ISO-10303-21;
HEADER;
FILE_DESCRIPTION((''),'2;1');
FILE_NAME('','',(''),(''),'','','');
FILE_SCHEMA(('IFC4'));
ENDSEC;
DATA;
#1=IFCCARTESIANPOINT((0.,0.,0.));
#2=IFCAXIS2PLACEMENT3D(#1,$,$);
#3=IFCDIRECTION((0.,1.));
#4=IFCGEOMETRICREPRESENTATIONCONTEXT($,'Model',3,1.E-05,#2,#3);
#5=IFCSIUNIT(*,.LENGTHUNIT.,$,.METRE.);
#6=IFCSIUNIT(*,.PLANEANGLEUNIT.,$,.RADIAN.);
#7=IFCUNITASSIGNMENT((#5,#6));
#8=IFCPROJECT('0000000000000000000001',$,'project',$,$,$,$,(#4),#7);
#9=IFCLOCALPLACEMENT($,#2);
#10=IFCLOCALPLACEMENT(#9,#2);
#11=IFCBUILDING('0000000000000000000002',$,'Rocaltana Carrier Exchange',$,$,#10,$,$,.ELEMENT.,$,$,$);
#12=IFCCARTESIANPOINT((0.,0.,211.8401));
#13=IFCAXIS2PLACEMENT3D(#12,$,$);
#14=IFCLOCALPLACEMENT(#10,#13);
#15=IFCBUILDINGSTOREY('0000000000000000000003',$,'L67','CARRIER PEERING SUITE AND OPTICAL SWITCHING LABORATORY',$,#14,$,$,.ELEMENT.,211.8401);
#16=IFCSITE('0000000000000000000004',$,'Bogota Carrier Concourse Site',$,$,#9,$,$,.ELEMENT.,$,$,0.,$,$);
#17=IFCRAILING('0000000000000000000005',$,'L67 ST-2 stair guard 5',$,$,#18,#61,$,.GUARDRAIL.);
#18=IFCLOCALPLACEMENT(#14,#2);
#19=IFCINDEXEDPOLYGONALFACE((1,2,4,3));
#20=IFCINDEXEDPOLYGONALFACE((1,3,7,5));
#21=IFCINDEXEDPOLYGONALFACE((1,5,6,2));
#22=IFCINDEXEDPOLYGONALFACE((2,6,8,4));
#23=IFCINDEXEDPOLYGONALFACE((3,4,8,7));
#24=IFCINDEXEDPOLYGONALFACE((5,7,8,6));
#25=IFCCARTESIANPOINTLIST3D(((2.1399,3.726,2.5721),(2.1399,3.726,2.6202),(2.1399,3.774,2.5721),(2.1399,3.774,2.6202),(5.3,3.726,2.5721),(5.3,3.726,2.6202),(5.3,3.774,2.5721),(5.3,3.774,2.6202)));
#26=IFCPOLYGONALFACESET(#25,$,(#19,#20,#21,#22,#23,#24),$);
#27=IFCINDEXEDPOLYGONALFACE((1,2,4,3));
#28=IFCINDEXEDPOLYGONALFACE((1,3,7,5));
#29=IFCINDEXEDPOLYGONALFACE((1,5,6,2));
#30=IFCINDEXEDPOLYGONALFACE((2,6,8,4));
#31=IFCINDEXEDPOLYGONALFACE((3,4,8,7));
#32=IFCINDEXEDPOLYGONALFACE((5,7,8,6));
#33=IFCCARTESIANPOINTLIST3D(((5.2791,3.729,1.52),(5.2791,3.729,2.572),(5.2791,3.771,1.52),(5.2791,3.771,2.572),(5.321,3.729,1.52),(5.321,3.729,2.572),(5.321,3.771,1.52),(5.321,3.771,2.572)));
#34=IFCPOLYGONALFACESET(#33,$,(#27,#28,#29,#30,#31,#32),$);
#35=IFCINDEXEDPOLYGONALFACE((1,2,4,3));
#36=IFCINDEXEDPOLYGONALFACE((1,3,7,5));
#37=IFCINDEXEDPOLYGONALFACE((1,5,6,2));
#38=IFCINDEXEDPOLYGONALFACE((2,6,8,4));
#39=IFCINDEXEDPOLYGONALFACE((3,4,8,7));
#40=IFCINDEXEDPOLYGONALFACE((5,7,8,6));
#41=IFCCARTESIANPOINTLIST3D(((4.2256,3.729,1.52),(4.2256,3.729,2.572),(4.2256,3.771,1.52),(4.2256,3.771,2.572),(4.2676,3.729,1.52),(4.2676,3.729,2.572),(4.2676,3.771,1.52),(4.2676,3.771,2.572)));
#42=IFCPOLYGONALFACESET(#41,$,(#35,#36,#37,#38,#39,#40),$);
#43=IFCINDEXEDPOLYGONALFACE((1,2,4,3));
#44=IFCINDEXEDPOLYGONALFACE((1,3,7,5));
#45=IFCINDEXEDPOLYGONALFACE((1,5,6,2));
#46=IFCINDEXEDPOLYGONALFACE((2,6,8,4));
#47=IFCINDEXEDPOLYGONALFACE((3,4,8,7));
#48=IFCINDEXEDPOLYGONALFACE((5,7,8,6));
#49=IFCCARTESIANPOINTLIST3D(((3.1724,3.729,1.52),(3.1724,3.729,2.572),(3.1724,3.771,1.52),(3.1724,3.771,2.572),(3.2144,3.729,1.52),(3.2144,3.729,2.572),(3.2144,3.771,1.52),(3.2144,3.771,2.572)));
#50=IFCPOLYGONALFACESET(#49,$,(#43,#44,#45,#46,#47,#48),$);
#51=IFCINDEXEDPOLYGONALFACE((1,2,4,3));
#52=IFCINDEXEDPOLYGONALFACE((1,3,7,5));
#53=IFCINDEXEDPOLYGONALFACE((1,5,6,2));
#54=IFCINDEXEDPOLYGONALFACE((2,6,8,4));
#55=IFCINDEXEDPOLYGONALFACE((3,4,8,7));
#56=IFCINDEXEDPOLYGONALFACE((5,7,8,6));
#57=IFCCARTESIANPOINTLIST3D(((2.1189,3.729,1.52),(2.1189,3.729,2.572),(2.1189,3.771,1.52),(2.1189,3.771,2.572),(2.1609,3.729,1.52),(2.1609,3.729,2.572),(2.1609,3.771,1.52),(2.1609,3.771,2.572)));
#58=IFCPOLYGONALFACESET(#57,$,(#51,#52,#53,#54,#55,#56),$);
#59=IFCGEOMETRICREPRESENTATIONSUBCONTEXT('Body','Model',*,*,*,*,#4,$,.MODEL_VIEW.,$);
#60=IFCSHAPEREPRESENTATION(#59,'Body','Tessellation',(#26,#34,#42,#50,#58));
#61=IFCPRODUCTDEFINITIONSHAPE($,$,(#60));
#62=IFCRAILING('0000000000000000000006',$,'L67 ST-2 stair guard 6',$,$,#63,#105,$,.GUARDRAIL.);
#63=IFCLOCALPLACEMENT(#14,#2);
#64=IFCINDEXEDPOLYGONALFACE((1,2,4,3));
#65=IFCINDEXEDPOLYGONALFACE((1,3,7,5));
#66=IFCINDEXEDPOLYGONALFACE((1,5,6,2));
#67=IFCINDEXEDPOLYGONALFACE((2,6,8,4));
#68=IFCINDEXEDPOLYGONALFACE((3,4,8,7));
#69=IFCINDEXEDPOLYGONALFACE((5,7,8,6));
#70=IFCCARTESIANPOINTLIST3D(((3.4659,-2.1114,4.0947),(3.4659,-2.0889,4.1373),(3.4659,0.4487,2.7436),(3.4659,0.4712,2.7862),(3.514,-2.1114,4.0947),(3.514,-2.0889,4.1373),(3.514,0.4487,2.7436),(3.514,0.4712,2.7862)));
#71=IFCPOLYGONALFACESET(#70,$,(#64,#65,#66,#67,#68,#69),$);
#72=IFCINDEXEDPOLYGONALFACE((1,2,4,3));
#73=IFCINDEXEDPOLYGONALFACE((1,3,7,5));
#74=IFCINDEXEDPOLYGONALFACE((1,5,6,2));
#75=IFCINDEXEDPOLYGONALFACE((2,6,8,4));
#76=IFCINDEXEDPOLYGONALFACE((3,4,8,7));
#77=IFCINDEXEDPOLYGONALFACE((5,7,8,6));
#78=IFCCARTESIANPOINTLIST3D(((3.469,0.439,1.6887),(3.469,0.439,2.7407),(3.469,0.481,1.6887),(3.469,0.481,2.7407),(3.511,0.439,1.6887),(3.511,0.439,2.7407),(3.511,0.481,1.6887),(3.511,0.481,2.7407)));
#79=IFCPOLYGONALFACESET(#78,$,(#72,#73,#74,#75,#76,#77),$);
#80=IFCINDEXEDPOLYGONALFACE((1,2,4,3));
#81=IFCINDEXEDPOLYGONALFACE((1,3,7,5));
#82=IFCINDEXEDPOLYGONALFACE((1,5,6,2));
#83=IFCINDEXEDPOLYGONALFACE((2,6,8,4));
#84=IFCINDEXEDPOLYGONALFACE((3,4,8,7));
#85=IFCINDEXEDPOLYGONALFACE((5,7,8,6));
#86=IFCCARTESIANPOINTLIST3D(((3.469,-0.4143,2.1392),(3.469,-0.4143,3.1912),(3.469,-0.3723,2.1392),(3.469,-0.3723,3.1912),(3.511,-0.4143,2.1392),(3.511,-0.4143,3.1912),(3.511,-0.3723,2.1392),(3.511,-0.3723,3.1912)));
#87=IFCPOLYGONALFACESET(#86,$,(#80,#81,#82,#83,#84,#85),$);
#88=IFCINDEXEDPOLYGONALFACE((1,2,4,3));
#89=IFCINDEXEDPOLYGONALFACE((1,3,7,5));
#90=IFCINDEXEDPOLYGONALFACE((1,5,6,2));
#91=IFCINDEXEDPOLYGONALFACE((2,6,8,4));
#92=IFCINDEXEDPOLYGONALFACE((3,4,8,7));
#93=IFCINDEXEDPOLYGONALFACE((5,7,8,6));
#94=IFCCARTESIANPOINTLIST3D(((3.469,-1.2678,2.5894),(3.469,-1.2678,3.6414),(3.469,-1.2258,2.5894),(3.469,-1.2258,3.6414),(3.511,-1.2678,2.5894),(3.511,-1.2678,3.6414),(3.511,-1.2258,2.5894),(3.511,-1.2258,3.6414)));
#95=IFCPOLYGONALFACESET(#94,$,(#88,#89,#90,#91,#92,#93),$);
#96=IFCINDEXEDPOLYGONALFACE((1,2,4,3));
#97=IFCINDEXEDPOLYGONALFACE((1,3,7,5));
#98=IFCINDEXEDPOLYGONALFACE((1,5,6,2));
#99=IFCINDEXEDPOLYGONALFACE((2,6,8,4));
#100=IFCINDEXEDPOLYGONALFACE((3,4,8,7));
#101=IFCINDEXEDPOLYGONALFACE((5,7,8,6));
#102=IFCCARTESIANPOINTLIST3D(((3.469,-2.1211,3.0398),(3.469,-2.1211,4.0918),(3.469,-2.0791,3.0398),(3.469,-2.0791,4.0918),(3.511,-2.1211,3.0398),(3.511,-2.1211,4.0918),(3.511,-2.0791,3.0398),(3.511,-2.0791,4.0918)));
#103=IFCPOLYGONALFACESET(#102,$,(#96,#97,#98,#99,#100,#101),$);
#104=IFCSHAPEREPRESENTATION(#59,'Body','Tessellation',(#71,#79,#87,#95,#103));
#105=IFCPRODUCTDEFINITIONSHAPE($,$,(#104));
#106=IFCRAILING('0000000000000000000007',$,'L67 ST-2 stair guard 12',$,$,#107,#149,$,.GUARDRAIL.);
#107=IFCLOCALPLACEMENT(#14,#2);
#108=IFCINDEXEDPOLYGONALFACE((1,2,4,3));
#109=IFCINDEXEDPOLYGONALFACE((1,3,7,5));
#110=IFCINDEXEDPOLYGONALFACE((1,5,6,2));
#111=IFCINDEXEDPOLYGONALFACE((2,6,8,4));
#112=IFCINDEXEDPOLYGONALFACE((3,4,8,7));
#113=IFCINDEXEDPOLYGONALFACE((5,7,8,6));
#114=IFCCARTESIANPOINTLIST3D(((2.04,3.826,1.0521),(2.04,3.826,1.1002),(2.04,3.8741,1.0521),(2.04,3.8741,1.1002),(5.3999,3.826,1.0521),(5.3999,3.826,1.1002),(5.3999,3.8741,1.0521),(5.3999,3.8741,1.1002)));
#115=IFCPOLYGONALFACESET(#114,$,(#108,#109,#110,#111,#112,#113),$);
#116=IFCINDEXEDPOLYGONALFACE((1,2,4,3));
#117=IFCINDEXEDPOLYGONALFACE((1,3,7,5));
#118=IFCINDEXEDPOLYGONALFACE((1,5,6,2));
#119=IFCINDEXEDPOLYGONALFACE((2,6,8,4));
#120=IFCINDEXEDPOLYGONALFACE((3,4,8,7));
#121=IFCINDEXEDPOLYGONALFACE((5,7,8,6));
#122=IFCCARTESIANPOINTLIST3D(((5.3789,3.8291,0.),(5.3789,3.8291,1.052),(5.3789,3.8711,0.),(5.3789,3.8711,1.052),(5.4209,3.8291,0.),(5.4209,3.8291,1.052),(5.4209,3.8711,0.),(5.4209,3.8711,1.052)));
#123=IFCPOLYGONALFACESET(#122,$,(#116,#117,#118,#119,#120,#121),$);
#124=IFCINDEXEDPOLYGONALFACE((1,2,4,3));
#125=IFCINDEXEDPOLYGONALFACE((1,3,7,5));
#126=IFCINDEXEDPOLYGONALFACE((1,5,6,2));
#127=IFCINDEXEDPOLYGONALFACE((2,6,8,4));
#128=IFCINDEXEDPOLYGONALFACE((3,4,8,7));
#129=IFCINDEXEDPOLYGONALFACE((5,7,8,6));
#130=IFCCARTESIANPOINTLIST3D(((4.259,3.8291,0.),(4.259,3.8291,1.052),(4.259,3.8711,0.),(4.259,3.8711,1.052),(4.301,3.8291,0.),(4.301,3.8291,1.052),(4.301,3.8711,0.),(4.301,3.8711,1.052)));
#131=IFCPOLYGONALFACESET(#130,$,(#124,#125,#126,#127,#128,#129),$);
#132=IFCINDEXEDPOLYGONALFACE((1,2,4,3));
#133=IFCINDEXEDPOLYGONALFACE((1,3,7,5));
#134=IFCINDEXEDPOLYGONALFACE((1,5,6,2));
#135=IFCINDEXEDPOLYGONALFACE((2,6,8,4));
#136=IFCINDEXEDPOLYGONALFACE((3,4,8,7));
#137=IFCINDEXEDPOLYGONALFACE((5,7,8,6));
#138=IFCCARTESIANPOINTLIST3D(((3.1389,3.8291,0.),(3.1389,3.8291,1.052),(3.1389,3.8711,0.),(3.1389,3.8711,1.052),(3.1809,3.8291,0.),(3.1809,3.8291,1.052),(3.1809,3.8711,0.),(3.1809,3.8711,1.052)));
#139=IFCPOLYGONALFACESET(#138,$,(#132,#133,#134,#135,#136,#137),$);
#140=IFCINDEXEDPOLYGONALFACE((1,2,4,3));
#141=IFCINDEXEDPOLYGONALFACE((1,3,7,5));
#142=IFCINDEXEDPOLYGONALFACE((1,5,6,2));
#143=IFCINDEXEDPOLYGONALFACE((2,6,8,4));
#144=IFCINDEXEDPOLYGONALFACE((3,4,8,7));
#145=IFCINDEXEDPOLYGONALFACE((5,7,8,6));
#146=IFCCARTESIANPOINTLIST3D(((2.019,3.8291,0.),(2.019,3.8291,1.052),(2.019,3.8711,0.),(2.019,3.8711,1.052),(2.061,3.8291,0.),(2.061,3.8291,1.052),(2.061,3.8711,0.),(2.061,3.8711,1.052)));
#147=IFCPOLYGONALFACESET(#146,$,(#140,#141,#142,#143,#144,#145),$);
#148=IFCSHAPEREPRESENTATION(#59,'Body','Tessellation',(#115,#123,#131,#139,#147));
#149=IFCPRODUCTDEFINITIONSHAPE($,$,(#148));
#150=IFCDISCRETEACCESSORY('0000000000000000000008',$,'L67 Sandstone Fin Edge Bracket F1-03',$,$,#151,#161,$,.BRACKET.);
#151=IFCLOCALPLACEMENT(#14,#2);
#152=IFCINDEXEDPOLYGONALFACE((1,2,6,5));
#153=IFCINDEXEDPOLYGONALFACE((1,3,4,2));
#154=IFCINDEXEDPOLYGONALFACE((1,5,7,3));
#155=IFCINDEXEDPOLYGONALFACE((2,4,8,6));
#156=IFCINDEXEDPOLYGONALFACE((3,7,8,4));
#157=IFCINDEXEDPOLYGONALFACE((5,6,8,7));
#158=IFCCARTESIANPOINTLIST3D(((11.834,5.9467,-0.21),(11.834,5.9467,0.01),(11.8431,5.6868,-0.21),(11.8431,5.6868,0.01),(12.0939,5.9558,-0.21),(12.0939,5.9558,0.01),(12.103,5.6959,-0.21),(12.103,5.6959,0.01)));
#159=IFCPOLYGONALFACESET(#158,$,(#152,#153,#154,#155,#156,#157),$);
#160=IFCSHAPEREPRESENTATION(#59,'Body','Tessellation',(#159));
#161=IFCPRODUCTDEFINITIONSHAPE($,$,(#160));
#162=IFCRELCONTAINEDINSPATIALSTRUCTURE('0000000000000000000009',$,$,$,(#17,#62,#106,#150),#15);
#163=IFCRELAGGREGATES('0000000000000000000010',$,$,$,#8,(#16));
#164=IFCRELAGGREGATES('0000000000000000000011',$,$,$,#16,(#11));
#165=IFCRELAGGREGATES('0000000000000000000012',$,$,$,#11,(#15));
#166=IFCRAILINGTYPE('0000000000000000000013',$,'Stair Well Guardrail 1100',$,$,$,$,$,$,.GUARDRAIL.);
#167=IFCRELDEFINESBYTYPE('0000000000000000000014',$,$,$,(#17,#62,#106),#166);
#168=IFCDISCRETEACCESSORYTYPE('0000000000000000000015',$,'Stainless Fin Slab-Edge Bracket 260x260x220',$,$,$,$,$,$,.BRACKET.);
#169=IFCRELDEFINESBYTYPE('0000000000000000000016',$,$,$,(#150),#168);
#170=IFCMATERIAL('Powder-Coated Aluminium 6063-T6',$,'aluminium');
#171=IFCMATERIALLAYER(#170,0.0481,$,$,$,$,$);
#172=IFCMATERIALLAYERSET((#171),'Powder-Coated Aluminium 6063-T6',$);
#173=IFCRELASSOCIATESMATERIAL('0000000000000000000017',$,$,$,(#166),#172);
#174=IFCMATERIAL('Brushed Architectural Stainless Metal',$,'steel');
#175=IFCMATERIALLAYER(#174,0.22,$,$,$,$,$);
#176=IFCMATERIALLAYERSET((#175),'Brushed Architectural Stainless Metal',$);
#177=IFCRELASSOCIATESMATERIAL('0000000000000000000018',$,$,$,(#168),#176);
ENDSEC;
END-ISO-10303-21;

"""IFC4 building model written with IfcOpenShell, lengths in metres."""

from ifc_helpers import new_model, si_unit, direction, frame, origin, origin_2d, place, context, subcontext, project, spatial, rectangle, extrude, material, layer, layer_set, type_object, element, save


model = new_model("IFC4")

# Units and contexts
model_context = context("Model", 3, precision=1e-05, world=origin(), true_north=direction((0.0, 1.0)))
body_context = subcontext(model_context, "Body", "Model", "MODEL_VIEW")
ifc_project = project(units=[si_unit("LENGTHUNIT", "METRE"), si_unit("PLANEANGLEUNIT", "RADIAN")], contexts=[model_context])

# Site, building, storey
site_placement = place(None, origin())
site = spatial("IfcSite", under=ifc_project, at=site_placement, Name="Bogota Carrier Concourse Site", CompositionType="ELEMENT", RefElevation=0.0)
building_placement = place(site_placement, origin())
building = spatial("IfcBuilding", under=site, at=building_placement, Name="Rocaltana Carrier Exchange", CompositionType="ELEMENT")
storey_placement = place(building_placement, frame((0.0, 0.0, 211.8401)))
storey = spatial("IfcBuildingStorey", under=building, at=storey_placement, Name="L67", Description="CARRIER PEERING SUITE AND OPTICAL SWITCHING LABORATORY", CompositionType="ELEMENT", Elevation=211.8401)

# Railings
ifc_material_1 = material(Name="Powder-Coated Aluminium 6063-T6", Category="aluminium")
ifc_layer_1 = layer(ifc_material_1, 0.0481)
ifc_layer_set_1 = layer_set([ifc_layer_1], Name="Powder-Coated Aluminium 6063-T6")
railing_type_1 = type_object("IfcRailingType", Name="Stair Well Guardrail 1100", PredefinedType="GUARDRAIL", material=ifc_layer_set_1)
railing_1_placement = place(storey_placement, frame((5.3, 3.75, 1.52)))
element("IfcRailing", 1, at=railing_1_placement, inside=storey, type_object=railing_type_1, Name="L67 ST-2 stair guard 5", PredefinedType="GUARDRAIL", context=body_context, shape_type="SweptSolid", body=[
    extrude(rectangle(XDim=0.0481, YDim=0.0481, at=origin_2d()), frame((0.0, 0.0, 1.0762), z_axis=(-1.0, 0.0, 0.0), x_axis=(0.0, -1.0, 0.0)), (0.0, 0.0, 1.0), 3.1602),
    extrude(rectangle(XDim=0.042, YDim=0.042, at=origin_2d()), origin(), (0.0, 0.0, 1.0), 1.052),
    extrude(rectangle(XDim=0.042, YDim=0.042, at=origin_2d()), frame((-1.0535, 0.0, 0.0)), (0.0, 0.0, 1.0), 1.052),
    extrude(rectangle(XDim=0.042, YDim=0.042, at=origin_2d()), frame((-2.1067, 0.0, 0.0)), (0.0, 0.0, 1.0), 1.052),
    extrude(rectangle(XDim=0.042, YDim=0.042, at=origin_2d()), frame((-3.1602, 0.0, 0.0)), (0.0, 0.0, 1.0), 1.052),
])
railing_2_placement = place(storey_placement, frame((3.49, 0.46, 1.6887)))
element("IfcRailing", 2, at=railing_2_placement, inside=storey, type_object=railing_type_1, Name="L67 ST-2 stair guard 6", PredefinedType="GUARDRAIL", context=body_context, shape_type="SweptSolid", body=[
    extrude(rectangle(XDim=0.0481, YDim=0.0481, at=origin_2d()), frame((0.0, 0.0, 1.0762), z_axis=(0.0, -0.884394, 0.46674), x_axis=(1.0, 0.0, 0.0)), (0.0, 0.0, 1.0), 2.8948),
    extrude(rectangle(XDim=0.042, YDim=0.042, at=origin_2d()), origin(), (0.0, 0.0, 1.0), 1.052),
    extrude(rectangle(XDim=0.042, YDim=0.042, at=origin_2d()), frame((0.0, -0.8533, 0.4504)), (0.0, 0.0, 1.0), 1.052),
    extrude(rectangle(XDim=0.042, YDim=0.042, at=origin_2d()), frame((0.0, -1.7068, 0.9006)), (0.0, 0.0, 1.0), 1.052),
    extrude(rectangle(XDim=0.042, YDim=0.042, at=origin_2d()), frame((0.0, -2.5601, 1.3511)), (0.0, 0.0, 1.0), 1.052),
])
railing_3_placement = place(storey_placement, frame((5.3999, 3.8501, 0.0)))
element("IfcRailing", 3, at=railing_3_placement, inside=storey, type_object=railing_type_1, Name="L67 ST-2 stair guard 12", PredefinedType="GUARDRAIL", context=body_context, shape_type="SweptSolid", body=[
    extrude(rectangle(XDim=0.0481, YDim=0.0481, at=origin_2d()), frame((0.0, 0.0, 1.0762), z_axis=(-1.0, 0.0, 0.0), x_axis=(0.0, -1.0, 0.0)), (0.0, 0.0, 1.0), 3.3599),
    extrude(rectangle(XDim=0.042, YDim=0.042, at=origin_2d()), origin(), (0.0, 0.0, 1.0), 1.052),
    extrude(rectangle(XDim=0.042, YDim=0.042, at=origin_2d()), frame((-1.1199, 0.0, 0.0)), (0.0, 0.0, 1.0), 1.052),
    extrude(rectangle(XDim=0.042, YDim=0.042, at=origin_2d()), frame((-2.24, 0.0, 0.0)), (0.0, 0.0, 1.0), 1.052),
    extrude(rectangle(XDim=0.042, YDim=0.042, at=origin_2d()), frame((-3.3599, 0.0, 0.0)), (0.0, 0.0, 1.0), 1.052),
])

# Discrete accessory
ifc_material_2 = material(Name="Brushed Architectural Stainless Metal", Category="steel")
ifc_layer_2 = layer(ifc_material_2, 0.22)
ifc_layer_set_2 = layer_set([ifc_layer_2], Name="Brushed Architectural Stainless Metal")
discrete_accessory_type = type_object("IfcDiscreteAccessoryType", Name="Stainless Fin Slab-Edge Bracket 260x260x220", PredefinedType="BRACKET", material=ifc_layer_set_2)
discrete_accessory_placement = place(storey_placement, frame((11.9685, 5.8213, -0.21), z_axis=(0.0, 0.0, 1.0), x_axis=(-0.034899, 0.999391, 0.0)))
element("IfcDiscreteAccessory", 4, at=discrete_accessory_placement, inside=storey, type_object=discrete_accessory_type, Name="L67 Sandstone Fin Edge Bracket F1-03", PredefinedType="BRACKET", context=body_context, shape_type="SweptSolid", body=[
    extrude(rectangle(XDim=0.26, YDim=0.26, at=origin_2d()), origin(), (0.0, 0.0, 1.0), 0.22),
])

save(model, "model.ifc")
